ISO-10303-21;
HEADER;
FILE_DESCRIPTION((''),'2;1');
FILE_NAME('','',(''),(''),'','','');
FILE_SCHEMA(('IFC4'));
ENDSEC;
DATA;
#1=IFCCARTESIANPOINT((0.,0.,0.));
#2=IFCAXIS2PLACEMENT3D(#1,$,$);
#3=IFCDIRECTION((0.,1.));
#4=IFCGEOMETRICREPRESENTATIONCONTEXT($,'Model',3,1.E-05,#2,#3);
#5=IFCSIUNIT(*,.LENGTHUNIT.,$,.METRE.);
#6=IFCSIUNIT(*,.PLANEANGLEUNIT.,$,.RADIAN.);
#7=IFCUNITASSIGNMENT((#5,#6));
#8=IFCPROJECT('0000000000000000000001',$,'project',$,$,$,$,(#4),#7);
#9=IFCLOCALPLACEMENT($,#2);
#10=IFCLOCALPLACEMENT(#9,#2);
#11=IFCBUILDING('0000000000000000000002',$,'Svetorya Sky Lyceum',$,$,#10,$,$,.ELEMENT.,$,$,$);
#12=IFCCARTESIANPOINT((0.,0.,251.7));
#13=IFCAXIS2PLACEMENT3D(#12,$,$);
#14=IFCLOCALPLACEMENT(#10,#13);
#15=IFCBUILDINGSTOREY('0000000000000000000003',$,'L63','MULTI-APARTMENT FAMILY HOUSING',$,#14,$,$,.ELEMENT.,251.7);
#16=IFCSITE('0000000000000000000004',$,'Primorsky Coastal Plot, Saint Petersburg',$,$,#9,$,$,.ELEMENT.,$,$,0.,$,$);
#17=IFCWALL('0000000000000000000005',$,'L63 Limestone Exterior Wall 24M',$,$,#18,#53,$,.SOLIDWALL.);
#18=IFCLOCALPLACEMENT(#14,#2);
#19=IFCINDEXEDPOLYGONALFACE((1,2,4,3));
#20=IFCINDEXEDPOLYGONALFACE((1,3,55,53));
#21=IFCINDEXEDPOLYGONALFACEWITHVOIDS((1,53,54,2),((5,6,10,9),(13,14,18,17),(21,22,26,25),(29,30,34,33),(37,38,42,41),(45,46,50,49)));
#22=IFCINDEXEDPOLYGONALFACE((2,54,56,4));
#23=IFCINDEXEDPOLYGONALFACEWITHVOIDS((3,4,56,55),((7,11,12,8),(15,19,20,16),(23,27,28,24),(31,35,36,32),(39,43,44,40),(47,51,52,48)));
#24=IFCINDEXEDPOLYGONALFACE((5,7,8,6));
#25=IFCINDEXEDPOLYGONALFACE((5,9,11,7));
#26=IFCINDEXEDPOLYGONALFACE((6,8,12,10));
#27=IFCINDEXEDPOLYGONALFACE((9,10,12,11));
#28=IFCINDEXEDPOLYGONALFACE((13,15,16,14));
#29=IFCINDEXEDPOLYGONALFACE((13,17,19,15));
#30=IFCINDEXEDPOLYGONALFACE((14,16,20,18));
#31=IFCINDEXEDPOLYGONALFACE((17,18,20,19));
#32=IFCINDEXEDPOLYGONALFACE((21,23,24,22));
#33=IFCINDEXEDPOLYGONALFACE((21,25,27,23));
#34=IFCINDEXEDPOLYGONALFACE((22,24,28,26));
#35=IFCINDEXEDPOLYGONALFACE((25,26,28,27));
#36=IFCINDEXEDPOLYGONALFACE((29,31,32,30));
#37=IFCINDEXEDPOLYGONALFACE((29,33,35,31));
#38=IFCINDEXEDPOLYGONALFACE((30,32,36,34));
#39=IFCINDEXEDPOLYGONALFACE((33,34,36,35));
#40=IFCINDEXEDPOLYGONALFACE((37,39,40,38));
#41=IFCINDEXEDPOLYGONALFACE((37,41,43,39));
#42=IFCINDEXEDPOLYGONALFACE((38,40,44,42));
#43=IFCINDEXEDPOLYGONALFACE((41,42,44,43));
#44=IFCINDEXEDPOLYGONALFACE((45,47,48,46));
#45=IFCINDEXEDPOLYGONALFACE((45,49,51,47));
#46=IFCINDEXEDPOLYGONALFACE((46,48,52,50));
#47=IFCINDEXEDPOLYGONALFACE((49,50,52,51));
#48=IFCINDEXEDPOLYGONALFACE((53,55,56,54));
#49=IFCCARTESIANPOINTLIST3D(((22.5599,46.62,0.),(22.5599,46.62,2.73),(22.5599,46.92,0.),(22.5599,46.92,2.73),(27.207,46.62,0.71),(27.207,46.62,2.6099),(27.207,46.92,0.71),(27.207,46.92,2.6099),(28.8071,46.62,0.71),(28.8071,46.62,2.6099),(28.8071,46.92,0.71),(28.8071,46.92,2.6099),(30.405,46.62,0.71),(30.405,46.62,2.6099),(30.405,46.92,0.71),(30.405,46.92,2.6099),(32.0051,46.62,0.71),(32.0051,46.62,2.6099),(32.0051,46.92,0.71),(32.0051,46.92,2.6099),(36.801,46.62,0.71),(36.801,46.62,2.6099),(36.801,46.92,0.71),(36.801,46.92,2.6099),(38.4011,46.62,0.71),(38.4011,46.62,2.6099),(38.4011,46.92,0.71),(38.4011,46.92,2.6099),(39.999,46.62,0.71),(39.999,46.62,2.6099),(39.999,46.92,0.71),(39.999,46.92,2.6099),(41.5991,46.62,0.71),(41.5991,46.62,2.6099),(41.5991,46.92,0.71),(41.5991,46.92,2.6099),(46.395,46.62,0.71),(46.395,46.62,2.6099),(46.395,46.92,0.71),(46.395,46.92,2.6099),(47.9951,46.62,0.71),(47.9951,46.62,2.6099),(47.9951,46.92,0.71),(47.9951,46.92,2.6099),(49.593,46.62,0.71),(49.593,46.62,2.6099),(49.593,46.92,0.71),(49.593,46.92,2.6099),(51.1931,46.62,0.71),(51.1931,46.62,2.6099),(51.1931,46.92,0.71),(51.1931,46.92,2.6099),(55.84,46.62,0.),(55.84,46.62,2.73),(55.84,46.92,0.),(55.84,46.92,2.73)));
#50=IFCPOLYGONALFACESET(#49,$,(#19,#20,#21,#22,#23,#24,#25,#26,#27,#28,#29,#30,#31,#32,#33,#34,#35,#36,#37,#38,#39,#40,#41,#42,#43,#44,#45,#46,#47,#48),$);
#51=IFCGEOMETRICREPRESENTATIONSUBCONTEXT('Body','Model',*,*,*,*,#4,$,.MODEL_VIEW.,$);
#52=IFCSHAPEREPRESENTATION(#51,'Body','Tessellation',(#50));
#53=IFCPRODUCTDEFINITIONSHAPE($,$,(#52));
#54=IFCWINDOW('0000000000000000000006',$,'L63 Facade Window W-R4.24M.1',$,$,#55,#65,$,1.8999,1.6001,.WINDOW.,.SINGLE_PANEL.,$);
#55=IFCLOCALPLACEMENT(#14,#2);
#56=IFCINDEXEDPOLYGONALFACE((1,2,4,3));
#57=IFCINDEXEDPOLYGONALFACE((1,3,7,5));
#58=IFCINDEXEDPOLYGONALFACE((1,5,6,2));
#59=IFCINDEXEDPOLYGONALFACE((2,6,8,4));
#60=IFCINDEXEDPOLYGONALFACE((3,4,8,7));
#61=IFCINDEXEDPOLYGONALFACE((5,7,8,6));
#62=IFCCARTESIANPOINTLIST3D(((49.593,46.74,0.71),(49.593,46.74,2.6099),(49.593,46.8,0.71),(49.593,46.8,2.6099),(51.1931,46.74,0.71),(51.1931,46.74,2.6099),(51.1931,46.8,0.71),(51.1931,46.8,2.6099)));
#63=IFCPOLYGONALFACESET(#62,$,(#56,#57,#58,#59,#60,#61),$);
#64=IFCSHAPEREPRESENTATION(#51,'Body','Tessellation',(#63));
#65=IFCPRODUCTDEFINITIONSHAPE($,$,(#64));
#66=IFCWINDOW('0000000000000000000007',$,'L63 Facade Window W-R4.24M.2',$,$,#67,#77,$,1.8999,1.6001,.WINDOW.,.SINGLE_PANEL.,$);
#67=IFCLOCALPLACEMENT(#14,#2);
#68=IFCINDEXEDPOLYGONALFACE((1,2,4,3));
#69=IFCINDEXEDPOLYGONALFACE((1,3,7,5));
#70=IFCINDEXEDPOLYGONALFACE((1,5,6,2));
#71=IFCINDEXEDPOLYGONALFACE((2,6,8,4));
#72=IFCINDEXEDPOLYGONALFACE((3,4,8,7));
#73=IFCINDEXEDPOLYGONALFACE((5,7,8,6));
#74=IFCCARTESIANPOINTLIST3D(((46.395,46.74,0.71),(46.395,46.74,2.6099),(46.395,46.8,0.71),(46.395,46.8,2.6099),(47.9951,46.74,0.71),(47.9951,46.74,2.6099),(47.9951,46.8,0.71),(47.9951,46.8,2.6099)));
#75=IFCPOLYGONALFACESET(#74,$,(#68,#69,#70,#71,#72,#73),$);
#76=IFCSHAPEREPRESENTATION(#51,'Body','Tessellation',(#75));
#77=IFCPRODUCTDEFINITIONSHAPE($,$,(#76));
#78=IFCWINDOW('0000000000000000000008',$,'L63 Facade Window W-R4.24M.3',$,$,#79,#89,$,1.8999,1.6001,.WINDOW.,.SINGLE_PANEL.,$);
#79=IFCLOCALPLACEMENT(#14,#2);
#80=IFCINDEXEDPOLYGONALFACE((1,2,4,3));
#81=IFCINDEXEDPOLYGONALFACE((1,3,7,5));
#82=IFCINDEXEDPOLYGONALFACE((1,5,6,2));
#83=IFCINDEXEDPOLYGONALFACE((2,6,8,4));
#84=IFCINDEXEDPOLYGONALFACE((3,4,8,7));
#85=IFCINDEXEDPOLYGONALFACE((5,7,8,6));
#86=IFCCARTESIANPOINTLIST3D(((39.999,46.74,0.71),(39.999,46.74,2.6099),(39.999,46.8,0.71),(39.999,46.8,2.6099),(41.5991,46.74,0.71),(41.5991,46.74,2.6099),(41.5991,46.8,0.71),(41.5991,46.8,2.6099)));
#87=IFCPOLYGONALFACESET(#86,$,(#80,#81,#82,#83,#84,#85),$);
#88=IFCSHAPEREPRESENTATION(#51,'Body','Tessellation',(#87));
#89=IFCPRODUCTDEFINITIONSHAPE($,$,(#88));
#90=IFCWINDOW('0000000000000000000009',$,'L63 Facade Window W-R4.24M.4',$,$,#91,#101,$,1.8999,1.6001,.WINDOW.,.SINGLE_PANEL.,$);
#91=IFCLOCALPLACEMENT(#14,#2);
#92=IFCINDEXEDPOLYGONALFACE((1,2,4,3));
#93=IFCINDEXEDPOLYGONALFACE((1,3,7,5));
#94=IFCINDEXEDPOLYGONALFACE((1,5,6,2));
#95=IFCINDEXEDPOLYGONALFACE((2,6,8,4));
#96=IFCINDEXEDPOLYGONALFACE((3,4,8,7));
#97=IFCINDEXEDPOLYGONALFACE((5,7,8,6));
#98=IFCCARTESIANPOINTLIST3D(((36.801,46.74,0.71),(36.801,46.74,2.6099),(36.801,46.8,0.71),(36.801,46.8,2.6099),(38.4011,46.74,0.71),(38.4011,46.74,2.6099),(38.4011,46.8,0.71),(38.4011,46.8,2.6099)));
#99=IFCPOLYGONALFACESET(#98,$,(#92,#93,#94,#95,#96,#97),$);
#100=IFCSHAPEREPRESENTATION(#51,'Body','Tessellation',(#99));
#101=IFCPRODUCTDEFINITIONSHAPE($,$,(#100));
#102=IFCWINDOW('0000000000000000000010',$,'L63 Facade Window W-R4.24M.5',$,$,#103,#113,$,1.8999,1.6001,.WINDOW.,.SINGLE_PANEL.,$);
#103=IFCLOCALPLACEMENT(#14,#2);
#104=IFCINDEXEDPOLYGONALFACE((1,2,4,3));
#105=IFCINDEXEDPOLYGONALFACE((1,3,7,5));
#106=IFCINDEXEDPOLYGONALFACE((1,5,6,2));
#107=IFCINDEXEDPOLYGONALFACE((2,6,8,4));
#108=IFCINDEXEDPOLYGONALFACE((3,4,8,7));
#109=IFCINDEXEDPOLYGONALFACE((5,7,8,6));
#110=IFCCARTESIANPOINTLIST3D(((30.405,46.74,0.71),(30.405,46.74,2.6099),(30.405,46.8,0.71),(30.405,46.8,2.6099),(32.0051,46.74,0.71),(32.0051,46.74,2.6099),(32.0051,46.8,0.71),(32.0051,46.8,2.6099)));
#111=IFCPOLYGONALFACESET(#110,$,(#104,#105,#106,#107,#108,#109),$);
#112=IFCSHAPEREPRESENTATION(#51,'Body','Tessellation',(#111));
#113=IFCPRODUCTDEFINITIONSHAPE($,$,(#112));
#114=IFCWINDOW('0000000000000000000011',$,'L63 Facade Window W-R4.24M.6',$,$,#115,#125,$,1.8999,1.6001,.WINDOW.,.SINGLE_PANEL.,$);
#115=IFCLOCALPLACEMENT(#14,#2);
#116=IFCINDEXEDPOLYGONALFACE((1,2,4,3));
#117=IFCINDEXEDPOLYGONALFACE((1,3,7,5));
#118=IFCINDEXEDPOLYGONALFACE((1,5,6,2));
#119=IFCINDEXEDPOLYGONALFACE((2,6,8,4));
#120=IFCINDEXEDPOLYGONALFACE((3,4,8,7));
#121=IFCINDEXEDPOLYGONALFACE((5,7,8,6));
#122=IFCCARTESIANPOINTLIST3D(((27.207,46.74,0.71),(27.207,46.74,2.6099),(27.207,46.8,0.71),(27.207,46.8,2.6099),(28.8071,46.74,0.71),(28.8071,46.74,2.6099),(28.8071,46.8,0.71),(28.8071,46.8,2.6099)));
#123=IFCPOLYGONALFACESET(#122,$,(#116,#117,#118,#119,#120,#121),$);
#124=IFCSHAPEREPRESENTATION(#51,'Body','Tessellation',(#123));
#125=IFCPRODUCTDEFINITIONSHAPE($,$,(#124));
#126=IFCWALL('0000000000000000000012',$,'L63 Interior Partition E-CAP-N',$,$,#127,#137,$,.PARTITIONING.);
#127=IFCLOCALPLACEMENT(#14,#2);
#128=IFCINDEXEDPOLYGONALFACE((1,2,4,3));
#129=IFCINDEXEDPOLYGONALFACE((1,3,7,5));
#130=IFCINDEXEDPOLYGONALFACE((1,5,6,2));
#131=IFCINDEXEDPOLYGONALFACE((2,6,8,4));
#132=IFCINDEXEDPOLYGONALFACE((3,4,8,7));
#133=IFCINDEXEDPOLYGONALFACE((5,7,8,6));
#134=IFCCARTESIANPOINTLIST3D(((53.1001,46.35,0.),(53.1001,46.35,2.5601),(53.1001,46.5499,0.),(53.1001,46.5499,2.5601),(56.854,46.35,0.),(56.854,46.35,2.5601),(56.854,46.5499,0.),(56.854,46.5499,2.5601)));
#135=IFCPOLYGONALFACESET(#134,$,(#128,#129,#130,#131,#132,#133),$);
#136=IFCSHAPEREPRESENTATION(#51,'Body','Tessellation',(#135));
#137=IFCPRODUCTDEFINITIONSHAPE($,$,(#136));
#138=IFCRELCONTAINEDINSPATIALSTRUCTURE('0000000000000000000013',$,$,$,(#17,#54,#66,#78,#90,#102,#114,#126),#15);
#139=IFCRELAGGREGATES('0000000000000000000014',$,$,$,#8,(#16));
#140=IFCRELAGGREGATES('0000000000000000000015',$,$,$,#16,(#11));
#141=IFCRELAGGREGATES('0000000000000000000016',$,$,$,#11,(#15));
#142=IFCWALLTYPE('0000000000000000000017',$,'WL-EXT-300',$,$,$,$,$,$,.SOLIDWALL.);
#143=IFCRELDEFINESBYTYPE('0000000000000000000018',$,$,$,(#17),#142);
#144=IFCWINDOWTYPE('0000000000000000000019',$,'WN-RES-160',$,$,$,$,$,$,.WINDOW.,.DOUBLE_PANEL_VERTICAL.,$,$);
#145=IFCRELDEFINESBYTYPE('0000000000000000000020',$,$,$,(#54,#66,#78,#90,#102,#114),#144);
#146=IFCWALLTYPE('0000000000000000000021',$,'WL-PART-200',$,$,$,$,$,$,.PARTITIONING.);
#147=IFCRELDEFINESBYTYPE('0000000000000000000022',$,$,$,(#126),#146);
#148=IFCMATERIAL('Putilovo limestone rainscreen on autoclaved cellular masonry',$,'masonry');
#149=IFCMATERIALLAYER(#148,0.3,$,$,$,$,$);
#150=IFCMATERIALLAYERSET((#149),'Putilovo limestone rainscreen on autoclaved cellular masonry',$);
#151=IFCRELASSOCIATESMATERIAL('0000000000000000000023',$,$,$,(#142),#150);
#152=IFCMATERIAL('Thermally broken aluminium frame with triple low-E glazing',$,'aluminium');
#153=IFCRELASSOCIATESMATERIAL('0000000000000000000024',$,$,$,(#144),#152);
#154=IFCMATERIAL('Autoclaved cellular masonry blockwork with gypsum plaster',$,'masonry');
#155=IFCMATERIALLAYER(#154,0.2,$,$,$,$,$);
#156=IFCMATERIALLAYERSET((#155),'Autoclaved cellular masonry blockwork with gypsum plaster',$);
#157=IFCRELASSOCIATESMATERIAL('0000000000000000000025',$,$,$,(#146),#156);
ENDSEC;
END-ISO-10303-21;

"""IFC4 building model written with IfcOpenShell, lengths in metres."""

from ifc_helpers import new_model, si_unit, direction, frame, frame_2d, origin, place, context, subcontext, project, spatial, rectangle, extrude, material, layer, layer_set, type_object, element, fill, save


model = new_model("IFC4")

# Units and contexts
model_context = context("Model", 3, precision=1e-05, world=origin(), true_north=direction((0.0, 1.0)))
body_context = subcontext(model_context, "Body", "Model", "MODEL_VIEW")
ifc_project = project(units=[si_unit("LENGTHUNIT", "METRE"), si_unit("PLANEANGLEUNIT", "RADIAN")], contexts=[model_context])

# Site, building, storey
site_placement = place(None, origin())
site = spatial("IfcSite", under=ifc_project, at=site_placement, Name="Primorsky Coastal Plot, Saint Petersburg", CompositionType="ELEMENT", RefElevation=0.0)
building_placement = place(site_placement, origin())
building = spatial("IfcBuilding", under=site, at=building_placement, Name="Svetorya Sky Lyceum", CompositionType="ELEMENT")
storey_placement = place(building_placement, frame((0.0, 0.0, 251.7)))
storey = spatial("IfcBuildingStorey", under=building, at=storey_placement, Name="L63", Description="MULTI-APARTMENT FAMILY HOUSING", CompositionType="ELEMENT", Elevation=251.7)

# Shared definitions
ifc_material_1 = material(Name="Putilovo limestone rainscreen on autoclaved cellular masonry", Category="masonry")
ifc_layer_1 = layer(ifc_material_1, 0.3)
ifc_layer_set_1 = layer_set([ifc_layer_1], Name="Putilovo limestone rainscreen on autoclaved cellular masonry")
wall_type_1 = type_object("IfcWallType", Name="WL-EXT-300", PredefinedType="SOLIDWALL", material=ifc_layer_set_1)

# Wall, openings, windows
wall_1_placement = place(storey_placement, frame((55.8401, 46.77, 0.0), z_axis=(0.0, 0.0, 1.0), x_axis=(-1.0, 0.0, 0.0)))
wall_1 = element("IfcWall", 1, at=wall_1_placement, inside=storey, type_object=wall_type_1, Name="L63 Limestone Exterior Wall 24M", PredefinedType="SOLIDWALL", context=body_context, shape_type="SweptSolid", body=[
    extrude(rectangle(XDim=33.28, YDim=0.3, at=frame_2d((16.6401, 0.0))), origin(), (0.0, 0.0, 1.0), 2.73),
])
opening_1_placement = place(wall_1_placement, frame((4.647, 0.0, 0.71)))
opening_1 = element("IfcOpeningElement", 2, at=opening_1_placement, cuts=wall_1, PredefinedType="OPENING", context=body_context, shape_type="SweptSolid", body=[
    extrude(rectangle(XDim=1.6001, YDim=1.8999, at=frame_2d((0.8, 0.95))), frame((0.0, 0.1599, 0.0), z_axis=(0.0, -1.0, 0.0), x_axis=(1.0, 0.0, 0.0)), (0.0, 0.0, 1.0), 0.3201),
])
opening_2_placement = place(wall_1_placement, frame((7.845, 0.0, 0.71)))
opening_2 = element("IfcOpeningElement", 3, at=opening_2_placement, cuts=wall_1, PredefinedType="OPENING", context=body_context, shape_type="SweptSolid", body=[
    extrude(rectangle(XDim=1.6001, YDim=1.8999, at=frame_2d((0.8, 0.95))), frame((0.0, 0.1599, 0.0), z_axis=(0.0, -1.0, 0.0), x_axis=(1.0, 0.0, 0.0)), (0.0, 0.0, 1.0), 0.3201),
])
opening_3_placement = place(wall_1_placement, frame((14.241, 0.0, 0.71)))
opening_3 = element("IfcOpeningElement", 4, at=opening_3_placement, cuts=wall_1, PredefinedType="OPENING", context=body_context, shape_type="SweptSolid", body=[
    extrude(rectangle(XDim=1.6001, YDim=1.8999, at=frame_2d((0.8, 0.95))), frame((0.0, 0.1599, 0.0), z_axis=(0.0, -1.0, 0.0), x_axis=(1.0, 0.0, 0.0)), (0.0, 0.0, 1.0), 0.3201),
])
opening_4_placement = place(wall_1_placement, frame((17.439, 0.0, 0.71)))
opening_4 = element("IfcOpeningElement", 5, at=opening_4_placement, cuts=wall_1, PredefinedType="OPENING", context=body_context, shape_type="SweptSolid", body=[
    extrude(rectangle(XDim=1.6001, YDim=1.8999, at=frame_2d((0.8, 0.95))), frame((0.0, 0.1599, 0.0), z_axis=(0.0, -1.0, 0.0), x_axis=(1.0, 0.0, 0.0)), (0.0, 0.0, 1.0), 0.3201),
])
opening_5_placement = place(wall_1_placement, frame((23.835, 0.0, 0.71)))
opening_5 = element("IfcOpeningElement", 6, at=opening_5_placement, cuts=wall_1, PredefinedType="OPENING", context=body_context, shape_type="SweptSolid", body=[
    extrude(rectangle(XDim=1.6001, YDim=1.8999, at=frame_2d((0.8, 0.95))), frame((0.0, 0.1599, 0.0), z_axis=(0.0, -1.0, 0.0), x_axis=(1.0, 0.0, 0.0)), (0.0, 0.0, 1.0), 0.3201),
])
opening_6_placement = place(wall_1_placement, frame((27.033, 0.0, 0.71)))
opening_6 = element("IfcOpeningElement", 7, at=opening_6_placement, cuts=wall_1, PredefinedType="OPENING", context=body_context, shape_type="SweptSolid", body=[
    extrude(rectangle(XDim=1.6001, YDim=1.8999, at=frame_2d((0.8, 0.95))), frame((0.0, 0.1599, 0.0), z_axis=(0.0, -1.0, 0.0), x_axis=(1.0, 0.0, 0.0)), (0.0, 0.0, 1.0), 0.3201),
])
ifc_material_2 = material(Name="Thermally broken aluminium frame with triple low-E glazing", Category="aluminium")
window_type = type_object("IfcWindowType", Name="WN-RES-160", PartitioningType="DOUBLE_PANEL_VERTICAL", PredefinedType="WINDOW", material=ifc_material_2)
window_1_placement = place(opening_1_placement, origin())
window_1 = element("IfcWindow", 8, at=window_1_placement, inside=storey, type_object=window_type, Name="L63 Facade Window W-R4.24M.1", OverallHeight=1.8999, OverallWidth=1.6001, PartitioningType="SINGLE_PANEL", PredefinedType="WINDOW", context=body_context, shape_type="SweptSolid", body=[
    extrude(rectangle(XDim=1.6001, YDim=1.8999, at=frame_2d((0.8, 0.95))), frame((0.0, 0.03, 0.0), z_axis=(0.0, -1.0, 0.0), x_axis=(1.0, 0.0, 0.0)), (0.0, 0.0, 1.0), 0.0601),
])
fill(opening_1, window_1)
window_2_placement = place(opening_2_placement, origin())
window_2 = element("IfcWindow", 9, at=window_2_placement, inside=storey, type_object=window_type, Name="L63 Facade Window W-R4.24M.2", OverallHeight=1.8999, OverallWidth=1.6001, PartitioningType="SINGLE_PANEL", PredefinedType="WINDOW", context=body_context, shape_type="SweptSolid", body=[
    extrude(rectangle(XDim=1.6001, YDim=1.8999, at=frame_2d((0.8, 0.95))), frame((0.0, 0.03, 0.0), z_axis=(0.0, -1.0, 0.0), x_axis=(1.0, 0.0, 0.0)), (0.0, 0.0, 1.0), 0.0601),
])
fill(opening_2, window_2)
window_3_placement = place(opening_3_placement, origin())
window_3 = element("IfcWindow", 10, at=window_3_placement, inside=storey, type_object=window_type, Name="L63 Facade Window W-R4.24M.3", OverallHeight=1.8999, OverallWidth=1.6001, PartitioningType="SINGLE_PANEL", PredefinedType="WINDOW", context=body_context, shape_type="SweptSolid", body=[
    extrude(rectangle(XDim=1.6001, YDim=1.8999, at=frame_2d((0.8, 0.95))), frame((0.0, 0.03, 0.0), z_axis=(0.0, -1.0, 0.0), x_axis=(1.0, 0.0, 0.0)), (0.0, 0.0, 1.0), 0.0601),
])
fill(opening_3, window_3)
window_4_placement = place(opening_4_placement, origin())
window_4 = element("IfcWindow", 11, at=window_4_placement, inside=storey, type_object=window_type, Name="L63 Facade Window W-R4.24M.4", OverallHeight=1.8999, OverallWidth=1.6001, PartitioningType="SINGLE_PANEL", PredefinedType="WINDOW", context=body_context, shape_type="SweptSolid", body=[
    extrude(rectangle(XDim=1.6001, YDim=1.8999, at=frame_2d((0.8, 0.95))), frame((0.0, 0.03, 0.0), z_axis=(0.0, -1.0, 0.0), x_axis=(1.0, 0.0, 0.0)), (0.0, 0.0, 1.0), 0.0601),
])
fill(opening_4, window_4)
window_5_placement = place(opening_5_placement, origin())
window_5 = element("IfcWindow", 12, at=window_5_placement, inside=storey, type_object=window_type, Name="L63 Facade Window W-R4.24M.5", OverallHeight=1.8999, OverallWidth=1.6001, PartitioningType="SINGLE_PANEL", PredefinedType="WINDOW", context=body_context, shape_type="SweptSolid", body=[
    extrude(rectangle(XDim=1.6001, YDim=1.8999, at=frame_2d((0.8, 0.95))), frame((0.0, 0.03, 0.0), z_axis=(0.0, -1.0, 0.0), x_axis=(1.0, 0.0, 0.0)), (0.0, 0.0, 1.0), 0.0601),
])
fill(opening_5, window_5)
window_6_placement = place(opening_6_placement, origin())
window_6 = element("IfcWindow", 13, at=window_6_placement, inside=storey, type_object=window_type, Name="L63 Facade Window W-R4.24M.6", OverallHeight=1.8999, OverallWidth=1.6001, PartitioningType="SINGLE_PANEL", PredefinedType="WINDOW", context=body_context, shape_type="SweptSolid", body=[
    extrude(rectangle(XDim=1.6001, YDim=1.8999, at=frame_2d((0.8, 0.95))), frame((0.0, 0.03, 0.0), z_axis=(0.0, -1.0, 0.0), x_axis=(1.0, 0.0, 0.0)), (0.0, 0.0, 1.0), 0.0601),
])
fill(opening_6, window_6)

# Wall
ifc_material_3 = material(Name="Autoclaved cellular masonry blockwork with gypsum plaster", Category="masonry")
ifc_layer_2 = layer(ifc_material_3, 0.2)
ifc_layer_set_2 = layer_set([ifc_layer_2], Name="Autoclaved cellular masonry blockwork with gypsum plaster")
wall_type_2 = type_object("IfcWallType", Name="WL-PART-200", PredefinedType="PARTITIONING", material=ifc_layer_set_2)
wall_2_placement = place(storey_placement, frame((53.1001, 46.45, 0.0), z_axis=(0.0, 0.0, 1.0), x_axis=(1.0, 0.0, 0.0)))
element("IfcWall", 14, at=wall_2_placement, inside=storey, type_object=wall_type_2, Name="L63 Interior Partition E-CAP-N", PredefinedType="PARTITIONING", context=body_context, shape_type="SweptSolid", body=[
    extrude(rectangle(XDim=3.7539, YDim=0.2, at=frame_2d((1.877, 0.0))), origin(), (0.0, 0.0, 1.0), 2.5601),
])

save(model, "model.ifc")
